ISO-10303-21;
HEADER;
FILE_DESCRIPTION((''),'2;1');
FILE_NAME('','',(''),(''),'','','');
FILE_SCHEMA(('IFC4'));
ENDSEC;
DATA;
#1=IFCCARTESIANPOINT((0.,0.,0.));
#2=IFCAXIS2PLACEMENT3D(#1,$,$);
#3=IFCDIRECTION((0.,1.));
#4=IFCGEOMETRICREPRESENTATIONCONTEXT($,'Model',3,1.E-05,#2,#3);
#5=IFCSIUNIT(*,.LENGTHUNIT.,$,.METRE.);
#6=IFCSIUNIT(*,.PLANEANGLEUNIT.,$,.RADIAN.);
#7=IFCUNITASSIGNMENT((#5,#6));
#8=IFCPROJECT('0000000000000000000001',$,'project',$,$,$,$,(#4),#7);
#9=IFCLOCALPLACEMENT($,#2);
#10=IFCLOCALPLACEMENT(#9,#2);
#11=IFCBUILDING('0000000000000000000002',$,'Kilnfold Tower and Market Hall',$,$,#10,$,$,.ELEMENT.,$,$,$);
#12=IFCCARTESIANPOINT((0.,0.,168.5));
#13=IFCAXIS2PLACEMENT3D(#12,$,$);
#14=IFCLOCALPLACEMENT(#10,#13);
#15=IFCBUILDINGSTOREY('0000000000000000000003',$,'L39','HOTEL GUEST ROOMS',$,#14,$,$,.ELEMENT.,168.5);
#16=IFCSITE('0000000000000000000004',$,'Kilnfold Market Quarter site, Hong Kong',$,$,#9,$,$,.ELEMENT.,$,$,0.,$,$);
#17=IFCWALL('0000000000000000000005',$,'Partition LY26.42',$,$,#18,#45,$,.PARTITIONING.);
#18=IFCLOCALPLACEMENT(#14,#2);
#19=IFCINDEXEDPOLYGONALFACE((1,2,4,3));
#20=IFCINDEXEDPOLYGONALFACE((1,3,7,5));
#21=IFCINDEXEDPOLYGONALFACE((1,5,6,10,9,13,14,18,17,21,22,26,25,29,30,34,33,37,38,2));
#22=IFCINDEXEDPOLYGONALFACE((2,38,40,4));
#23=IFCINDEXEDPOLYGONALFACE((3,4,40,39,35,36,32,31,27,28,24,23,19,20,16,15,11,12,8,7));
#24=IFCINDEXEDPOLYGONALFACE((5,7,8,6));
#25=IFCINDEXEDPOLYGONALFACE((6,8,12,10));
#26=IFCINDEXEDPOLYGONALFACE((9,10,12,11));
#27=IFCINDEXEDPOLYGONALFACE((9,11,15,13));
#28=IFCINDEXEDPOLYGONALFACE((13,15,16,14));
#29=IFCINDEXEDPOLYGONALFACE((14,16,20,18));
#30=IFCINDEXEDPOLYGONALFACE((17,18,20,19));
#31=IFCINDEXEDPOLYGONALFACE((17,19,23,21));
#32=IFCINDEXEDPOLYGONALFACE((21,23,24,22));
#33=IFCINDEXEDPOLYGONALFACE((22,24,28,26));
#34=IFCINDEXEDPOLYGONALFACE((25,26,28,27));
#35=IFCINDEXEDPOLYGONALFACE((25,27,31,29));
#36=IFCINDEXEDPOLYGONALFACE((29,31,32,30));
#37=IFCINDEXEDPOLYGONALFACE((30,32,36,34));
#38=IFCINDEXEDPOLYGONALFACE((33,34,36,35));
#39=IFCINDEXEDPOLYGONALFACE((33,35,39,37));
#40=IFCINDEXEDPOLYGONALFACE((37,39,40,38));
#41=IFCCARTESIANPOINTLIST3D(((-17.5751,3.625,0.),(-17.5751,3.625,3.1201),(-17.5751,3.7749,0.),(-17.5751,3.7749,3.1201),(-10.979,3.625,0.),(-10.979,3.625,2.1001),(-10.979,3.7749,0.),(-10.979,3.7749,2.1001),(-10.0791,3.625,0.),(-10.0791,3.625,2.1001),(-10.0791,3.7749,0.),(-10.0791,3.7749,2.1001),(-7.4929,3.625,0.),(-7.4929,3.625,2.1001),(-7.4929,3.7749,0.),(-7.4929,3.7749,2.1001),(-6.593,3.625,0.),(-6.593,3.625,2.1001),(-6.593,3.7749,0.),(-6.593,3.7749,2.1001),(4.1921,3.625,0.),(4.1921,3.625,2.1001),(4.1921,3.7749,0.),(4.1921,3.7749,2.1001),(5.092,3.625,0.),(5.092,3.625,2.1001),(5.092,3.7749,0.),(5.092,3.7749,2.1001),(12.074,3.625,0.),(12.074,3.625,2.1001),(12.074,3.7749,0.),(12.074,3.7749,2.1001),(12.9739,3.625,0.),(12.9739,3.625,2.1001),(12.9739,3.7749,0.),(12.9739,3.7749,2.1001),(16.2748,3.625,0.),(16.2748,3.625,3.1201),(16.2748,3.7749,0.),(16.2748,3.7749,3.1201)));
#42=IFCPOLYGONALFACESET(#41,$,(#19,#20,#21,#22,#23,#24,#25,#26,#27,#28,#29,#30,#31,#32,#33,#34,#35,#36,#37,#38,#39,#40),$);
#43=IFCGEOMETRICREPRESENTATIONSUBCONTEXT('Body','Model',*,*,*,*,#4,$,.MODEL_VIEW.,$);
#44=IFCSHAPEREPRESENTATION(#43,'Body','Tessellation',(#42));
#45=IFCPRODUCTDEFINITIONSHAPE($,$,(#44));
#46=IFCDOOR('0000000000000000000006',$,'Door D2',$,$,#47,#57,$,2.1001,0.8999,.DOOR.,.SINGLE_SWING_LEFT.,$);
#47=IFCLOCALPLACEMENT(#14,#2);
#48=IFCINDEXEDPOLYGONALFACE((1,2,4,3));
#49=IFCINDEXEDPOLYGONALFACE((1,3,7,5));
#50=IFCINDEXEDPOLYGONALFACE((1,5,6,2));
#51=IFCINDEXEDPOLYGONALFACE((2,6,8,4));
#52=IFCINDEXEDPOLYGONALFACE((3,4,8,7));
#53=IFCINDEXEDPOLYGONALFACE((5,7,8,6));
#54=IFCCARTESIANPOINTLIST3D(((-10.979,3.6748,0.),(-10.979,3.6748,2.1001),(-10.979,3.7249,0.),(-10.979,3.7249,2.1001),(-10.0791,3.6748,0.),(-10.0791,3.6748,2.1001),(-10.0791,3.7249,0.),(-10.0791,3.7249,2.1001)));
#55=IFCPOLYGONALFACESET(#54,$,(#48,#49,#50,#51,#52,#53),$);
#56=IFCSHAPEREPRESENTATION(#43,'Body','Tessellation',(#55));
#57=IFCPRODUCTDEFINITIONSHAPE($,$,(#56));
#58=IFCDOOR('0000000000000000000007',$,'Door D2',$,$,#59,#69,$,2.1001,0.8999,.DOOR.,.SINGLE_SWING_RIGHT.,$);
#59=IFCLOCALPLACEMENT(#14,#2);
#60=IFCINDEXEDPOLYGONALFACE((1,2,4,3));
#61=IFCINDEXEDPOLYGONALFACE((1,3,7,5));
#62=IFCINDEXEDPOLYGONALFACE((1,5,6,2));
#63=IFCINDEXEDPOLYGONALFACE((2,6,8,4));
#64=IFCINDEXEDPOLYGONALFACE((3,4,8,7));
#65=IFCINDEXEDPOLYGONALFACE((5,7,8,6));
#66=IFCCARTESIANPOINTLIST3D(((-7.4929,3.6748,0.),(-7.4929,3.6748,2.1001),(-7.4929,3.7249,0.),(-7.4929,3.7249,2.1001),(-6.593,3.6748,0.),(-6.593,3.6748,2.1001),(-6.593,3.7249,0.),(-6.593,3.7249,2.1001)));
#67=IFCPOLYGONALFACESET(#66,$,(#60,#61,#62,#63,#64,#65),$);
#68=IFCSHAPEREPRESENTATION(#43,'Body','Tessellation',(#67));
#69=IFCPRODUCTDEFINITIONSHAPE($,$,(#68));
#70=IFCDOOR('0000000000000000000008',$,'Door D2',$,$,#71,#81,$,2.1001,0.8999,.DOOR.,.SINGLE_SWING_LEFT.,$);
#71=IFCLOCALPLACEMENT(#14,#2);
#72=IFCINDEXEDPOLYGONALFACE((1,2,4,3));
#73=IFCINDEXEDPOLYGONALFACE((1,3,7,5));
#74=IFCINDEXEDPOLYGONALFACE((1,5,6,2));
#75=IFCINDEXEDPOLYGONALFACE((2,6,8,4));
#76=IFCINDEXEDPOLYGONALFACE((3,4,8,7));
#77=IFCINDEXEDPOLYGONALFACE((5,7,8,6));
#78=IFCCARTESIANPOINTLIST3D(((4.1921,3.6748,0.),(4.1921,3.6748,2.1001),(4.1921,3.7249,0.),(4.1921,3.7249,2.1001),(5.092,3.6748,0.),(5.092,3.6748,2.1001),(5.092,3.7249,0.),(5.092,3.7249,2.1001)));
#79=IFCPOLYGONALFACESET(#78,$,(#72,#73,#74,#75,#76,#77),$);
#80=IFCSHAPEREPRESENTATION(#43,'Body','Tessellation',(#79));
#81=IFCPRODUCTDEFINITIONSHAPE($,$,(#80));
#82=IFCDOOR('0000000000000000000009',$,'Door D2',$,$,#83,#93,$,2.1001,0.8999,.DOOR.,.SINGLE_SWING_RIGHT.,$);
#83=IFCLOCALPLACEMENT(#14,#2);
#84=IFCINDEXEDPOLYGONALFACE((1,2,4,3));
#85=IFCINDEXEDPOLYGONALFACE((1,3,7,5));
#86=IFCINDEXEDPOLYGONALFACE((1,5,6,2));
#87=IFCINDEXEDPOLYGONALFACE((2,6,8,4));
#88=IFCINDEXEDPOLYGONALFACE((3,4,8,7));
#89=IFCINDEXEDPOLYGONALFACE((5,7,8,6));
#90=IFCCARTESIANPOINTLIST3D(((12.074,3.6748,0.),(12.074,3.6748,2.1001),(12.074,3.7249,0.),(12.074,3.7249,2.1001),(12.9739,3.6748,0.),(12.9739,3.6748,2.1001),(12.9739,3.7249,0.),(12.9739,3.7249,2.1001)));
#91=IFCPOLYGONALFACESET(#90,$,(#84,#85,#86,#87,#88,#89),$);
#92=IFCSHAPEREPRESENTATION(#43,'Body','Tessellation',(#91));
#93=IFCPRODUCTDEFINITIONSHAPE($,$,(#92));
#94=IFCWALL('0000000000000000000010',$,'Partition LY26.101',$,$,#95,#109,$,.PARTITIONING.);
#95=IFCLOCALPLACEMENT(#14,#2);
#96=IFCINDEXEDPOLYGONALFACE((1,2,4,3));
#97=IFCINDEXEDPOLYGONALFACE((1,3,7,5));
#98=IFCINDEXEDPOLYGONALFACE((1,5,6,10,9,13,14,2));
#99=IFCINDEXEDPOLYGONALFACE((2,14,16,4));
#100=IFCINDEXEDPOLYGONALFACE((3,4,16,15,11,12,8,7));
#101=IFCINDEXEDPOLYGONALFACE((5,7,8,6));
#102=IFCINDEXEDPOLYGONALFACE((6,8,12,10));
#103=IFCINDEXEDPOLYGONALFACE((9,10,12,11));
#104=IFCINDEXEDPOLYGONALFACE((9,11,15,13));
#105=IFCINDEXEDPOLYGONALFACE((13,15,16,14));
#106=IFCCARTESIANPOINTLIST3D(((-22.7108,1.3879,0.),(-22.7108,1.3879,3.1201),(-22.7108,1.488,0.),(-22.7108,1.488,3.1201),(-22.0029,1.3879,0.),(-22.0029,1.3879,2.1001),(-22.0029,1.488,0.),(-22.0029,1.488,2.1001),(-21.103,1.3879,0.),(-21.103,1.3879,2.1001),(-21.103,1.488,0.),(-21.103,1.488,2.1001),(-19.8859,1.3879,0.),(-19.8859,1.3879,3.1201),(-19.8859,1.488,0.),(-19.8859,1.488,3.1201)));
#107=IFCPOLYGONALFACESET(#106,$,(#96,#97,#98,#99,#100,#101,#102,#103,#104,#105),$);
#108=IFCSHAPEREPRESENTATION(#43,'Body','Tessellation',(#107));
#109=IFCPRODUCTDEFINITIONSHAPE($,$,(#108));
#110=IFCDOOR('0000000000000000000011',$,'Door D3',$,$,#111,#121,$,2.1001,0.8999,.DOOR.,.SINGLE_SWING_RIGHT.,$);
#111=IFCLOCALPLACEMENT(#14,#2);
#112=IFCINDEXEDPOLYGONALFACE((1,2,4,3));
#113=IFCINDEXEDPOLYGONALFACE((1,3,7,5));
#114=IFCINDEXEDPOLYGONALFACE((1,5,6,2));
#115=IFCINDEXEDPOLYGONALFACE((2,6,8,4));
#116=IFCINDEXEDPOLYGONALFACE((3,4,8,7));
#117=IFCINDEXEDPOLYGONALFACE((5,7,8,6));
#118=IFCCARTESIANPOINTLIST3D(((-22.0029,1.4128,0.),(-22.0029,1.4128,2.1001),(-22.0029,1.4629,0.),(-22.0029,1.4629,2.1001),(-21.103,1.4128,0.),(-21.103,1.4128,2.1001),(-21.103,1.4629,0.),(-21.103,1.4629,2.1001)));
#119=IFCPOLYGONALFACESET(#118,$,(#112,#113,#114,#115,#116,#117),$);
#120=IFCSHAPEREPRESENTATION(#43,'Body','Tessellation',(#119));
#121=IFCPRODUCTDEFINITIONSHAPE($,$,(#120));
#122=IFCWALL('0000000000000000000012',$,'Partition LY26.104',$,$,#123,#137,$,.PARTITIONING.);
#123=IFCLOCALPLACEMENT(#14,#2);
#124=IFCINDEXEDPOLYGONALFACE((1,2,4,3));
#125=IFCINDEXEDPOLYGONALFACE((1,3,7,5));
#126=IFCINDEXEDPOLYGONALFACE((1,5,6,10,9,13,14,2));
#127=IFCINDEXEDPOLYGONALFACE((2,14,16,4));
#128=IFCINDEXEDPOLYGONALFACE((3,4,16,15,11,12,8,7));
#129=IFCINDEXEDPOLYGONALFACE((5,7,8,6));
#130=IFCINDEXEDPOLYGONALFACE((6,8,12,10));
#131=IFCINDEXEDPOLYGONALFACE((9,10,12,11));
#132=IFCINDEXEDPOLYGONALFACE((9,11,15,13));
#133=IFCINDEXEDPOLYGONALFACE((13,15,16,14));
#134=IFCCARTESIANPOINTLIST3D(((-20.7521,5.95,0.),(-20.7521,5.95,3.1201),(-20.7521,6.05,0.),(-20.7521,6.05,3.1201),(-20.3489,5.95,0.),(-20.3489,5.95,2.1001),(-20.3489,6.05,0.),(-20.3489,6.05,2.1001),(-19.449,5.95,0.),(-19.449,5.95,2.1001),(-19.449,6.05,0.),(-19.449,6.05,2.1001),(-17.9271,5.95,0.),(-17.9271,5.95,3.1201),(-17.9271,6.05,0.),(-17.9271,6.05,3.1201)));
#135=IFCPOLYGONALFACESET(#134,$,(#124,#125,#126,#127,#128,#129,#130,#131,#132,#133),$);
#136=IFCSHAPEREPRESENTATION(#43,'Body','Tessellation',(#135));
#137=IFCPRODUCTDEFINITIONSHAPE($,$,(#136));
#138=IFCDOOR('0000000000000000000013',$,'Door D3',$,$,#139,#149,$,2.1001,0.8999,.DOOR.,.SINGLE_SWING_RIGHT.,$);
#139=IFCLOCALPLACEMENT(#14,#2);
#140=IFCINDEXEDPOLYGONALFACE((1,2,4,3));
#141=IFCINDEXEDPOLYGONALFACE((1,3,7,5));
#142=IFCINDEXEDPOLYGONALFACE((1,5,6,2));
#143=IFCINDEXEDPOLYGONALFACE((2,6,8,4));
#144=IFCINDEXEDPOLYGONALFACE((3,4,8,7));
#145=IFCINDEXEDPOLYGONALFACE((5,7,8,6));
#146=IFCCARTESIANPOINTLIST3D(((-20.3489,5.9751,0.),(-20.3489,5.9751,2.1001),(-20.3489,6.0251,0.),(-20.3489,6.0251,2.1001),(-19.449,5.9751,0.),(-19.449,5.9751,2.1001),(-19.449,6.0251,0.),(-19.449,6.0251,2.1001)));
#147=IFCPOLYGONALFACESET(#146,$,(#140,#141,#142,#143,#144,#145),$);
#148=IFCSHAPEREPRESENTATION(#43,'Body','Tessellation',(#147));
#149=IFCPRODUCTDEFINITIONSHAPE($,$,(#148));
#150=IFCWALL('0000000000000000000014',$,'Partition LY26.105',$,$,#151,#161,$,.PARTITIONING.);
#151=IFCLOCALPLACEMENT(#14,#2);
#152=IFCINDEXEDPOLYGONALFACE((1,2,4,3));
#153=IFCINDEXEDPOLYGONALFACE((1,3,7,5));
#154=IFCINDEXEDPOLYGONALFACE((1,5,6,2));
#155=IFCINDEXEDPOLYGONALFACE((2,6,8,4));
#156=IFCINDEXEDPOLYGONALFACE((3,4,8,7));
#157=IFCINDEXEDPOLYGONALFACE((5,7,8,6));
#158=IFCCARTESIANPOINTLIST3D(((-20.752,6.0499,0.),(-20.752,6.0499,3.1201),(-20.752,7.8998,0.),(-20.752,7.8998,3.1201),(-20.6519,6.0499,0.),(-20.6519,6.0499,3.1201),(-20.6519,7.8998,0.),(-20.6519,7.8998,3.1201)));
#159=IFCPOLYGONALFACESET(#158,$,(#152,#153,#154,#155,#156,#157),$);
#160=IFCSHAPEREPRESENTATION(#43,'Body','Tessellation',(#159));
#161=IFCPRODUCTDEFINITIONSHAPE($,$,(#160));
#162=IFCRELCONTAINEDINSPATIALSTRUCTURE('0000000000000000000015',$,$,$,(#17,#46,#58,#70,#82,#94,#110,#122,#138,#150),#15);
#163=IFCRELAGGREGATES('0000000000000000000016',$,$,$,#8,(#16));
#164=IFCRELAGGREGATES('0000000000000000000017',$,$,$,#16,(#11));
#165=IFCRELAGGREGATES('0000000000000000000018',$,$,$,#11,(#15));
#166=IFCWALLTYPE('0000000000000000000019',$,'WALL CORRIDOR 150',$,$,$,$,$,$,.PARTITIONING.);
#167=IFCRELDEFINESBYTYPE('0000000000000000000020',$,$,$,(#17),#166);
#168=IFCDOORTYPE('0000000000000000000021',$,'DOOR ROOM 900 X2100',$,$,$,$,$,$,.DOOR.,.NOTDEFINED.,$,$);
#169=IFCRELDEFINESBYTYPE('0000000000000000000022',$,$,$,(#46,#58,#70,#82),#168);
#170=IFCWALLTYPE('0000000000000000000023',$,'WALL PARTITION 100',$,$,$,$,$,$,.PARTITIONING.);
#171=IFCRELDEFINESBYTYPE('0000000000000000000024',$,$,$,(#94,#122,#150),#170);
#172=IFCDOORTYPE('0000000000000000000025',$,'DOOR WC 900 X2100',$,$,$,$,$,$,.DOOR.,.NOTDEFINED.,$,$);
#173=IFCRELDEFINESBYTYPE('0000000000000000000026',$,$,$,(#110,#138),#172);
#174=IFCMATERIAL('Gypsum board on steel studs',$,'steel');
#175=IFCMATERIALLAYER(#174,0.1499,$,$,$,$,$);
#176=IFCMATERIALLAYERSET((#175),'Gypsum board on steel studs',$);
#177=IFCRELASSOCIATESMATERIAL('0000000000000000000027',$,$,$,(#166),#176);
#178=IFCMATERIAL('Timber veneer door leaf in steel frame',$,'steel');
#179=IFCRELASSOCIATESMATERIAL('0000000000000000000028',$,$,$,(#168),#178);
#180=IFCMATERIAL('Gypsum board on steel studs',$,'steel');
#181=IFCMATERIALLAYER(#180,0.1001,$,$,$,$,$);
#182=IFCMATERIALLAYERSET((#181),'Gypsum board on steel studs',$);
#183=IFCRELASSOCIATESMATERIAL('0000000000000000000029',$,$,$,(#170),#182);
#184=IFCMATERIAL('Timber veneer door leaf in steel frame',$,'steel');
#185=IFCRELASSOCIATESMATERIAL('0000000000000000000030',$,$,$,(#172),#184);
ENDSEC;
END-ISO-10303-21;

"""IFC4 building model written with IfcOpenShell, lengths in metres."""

from ifc_helpers import new_model, si_unit, direction, frame, frame_2d, origin, place, context, subcontext, project, spatial, rectangle, extrude, material, layer, layer_set, type_object, element, fill, save


model = new_model("IFC4")

# Units and contexts
model_context = context("Model", 3, precision=1e-05, world=origin(), true_north=direction((0.0, 1.0)))
body_context = subcontext(model_context, "Body", "Model", "MODEL_VIEW")
ifc_project = project(units=[si_unit("LENGTHUNIT", "METRE"), si_unit("PLANEANGLEUNIT", "RADIAN")], contexts=[model_context])

# Site, building, storey
site_placement = place(None, origin())
site = spatial("IfcSite", under=ifc_project, at=site_placement, Name="Kilnfold Market Quarter site, Hong Kong", CompositionType="ELEMENT", RefElevation=0.0)
building_placement = place(site_placement, origin())
building = spatial("IfcBuilding", under=site, at=building_placement, Name="Kilnfold Tower and Market Hall", CompositionType="ELEMENT")
storey_placement = place(building_placement, frame((0.0, 0.0, 168.5)))
storey = spatial("IfcBuildingStorey", under=building, at=storey_placement, Name="L39", Description="HOTEL GUEST ROOMS", CompositionType="ELEMENT", Elevation=168.5)

# Shared definitions
ifc_material_1 = material(Name="Gypsum board on steel studs", Category="steel")
ifc_layer_1 = layer(ifc_material_1, 0.1499)
ifc_layer_set_1 = layer_set([ifc_layer_1], Name="Gypsum board on steel studs")
wall_type_1 = type_object("IfcWallType", Name="WALL CORRIDOR 150", PredefinedType="PARTITIONING", material=ifc_layer_set_1)

# Wall, openings, doors
wall_1_placement = place(storey_placement, frame((-17.575, 3.7, 0.0), z_axis=(0.0, 0.0, 1.0), x_axis=(1.0, 0.0, 0.0)))
wall_1 = element("IfcWall", 1, at=wall_1_placement, inside=storey, type_object=wall_type_1, Name="Partition LY26.42", PredefinedType="PARTITIONING", context=body_context, shape_type="SweptSolid", body=[
    extrude(rectangle(XDim=33.8499, YDim=0.1499, at=frame_2d((16.9248, 0.0))), origin(), (0.0, 0.0, 1.0), 3.1201),
])
opening_1_placement = place(wall_1_placement, frame((6.5959, 0.0, 0.0)))
opening_1 = element("IfcOpeningElement", 2, at=opening_1_placement, cuts=wall_1, PredefinedType="OPENING", context=body_context, shape_type="SweptSolid", body=[
    extrude(rectangle(XDim=0.8999, YDim=2.1001, at=frame_2d((0.45, 1.05))), frame((0.0, 0.085, 0.0), z_axis=(0.0, -1.0, 0.0), x_axis=(1.0, 0.0, 0.0)), (0.0, 0.0, 1.0), 0.1699),
])
opening_2_placement = place(wall_1_placement, frame((10.082, 0.0, 0.0)))
opening_2 = element("IfcOpeningElement", 3, at=opening_2_placement, cuts=wall_1, PredefinedType="OPENING", context=body_context, shape_type="SweptSolid", body=[
    extrude(rectangle(XDim=0.8999, YDim=2.1001, at=frame_2d((0.45, 1.05))), frame((0.0, 0.085, 0.0), z_axis=(0.0, -1.0, 0.0), x_axis=(1.0, 0.0, 0.0)), (0.0, 0.0, 1.0), 0.1699),
])
opening_3_placement = place(wall_1_placement, frame((21.7671, 0.0, 0.0)))
opening_3 = element("IfcOpeningElement", 4, at=opening_3_placement, cuts=wall_1, PredefinedType="OPENING", context=body_context, shape_type="SweptSolid", body=[
    extrude(rectangle(XDim=0.8999, YDim=2.1001, at=frame_2d((0.45, 1.05))), frame((0.0, 0.085, 0.0), z_axis=(0.0, -1.0, 0.0), x_axis=(1.0, 0.0, 0.0)), (0.0, 0.0, 1.0), 0.1699),
])
opening_4_placement = place(wall_1_placement, frame((29.6489, 0.0, 0.0)))
opening_4 = element("IfcOpeningElement", 5, at=opening_4_placement, cuts=wall_1, PredefinedType="OPENING", context=body_context, shape_type="SweptSolid", body=[
    extrude(rectangle(XDim=0.8999, YDim=2.1001, at=frame_2d((0.45, 1.05))), frame((0.0, 0.085, 0.0), z_axis=(0.0, -1.0, 0.0), x_axis=(1.0, 0.0, 0.0)), (0.0, 0.0, 1.0), 0.1699),
])
ifc_material_2 = material(Name="Timber veneer door leaf in steel frame", Category="steel")
door_type_1 = type_object("IfcDoorType", Name="DOOR ROOM 900 X2100", OperationType="NOTDEFINED", PredefinedType="DOOR", material=ifc_material_2)
door_1_placement = place(opening_1_placement, origin())
door_1 = element("IfcDoor", 6, at=door_1_placement, inside=storey, type_object=door_type_1, Name="Door D2", OperationType="SINGLE_SWING_LEFT", OverallHeight=2.1001, OverallWidth=0.8999, PredefinedType="DOOR", context=body_context, shape_type="SweptSolid", body=[
    extrude(rectangle(XDim=0.8999, YDim=2.1001, at=frame_2d((0.45, 1.05))), frame((0.0, 0.0249, 0.0), z_axis=(0.0, -1.0, 0.0), x_axis=(1.0, 0.0, 0.0)), (0.0, 0.0, 1.0), 0.05),
])
fill(opening_1, door_1)
door_2_placement = place(opening_2_placement, origin())
door_2 = element("IfcDoor", 7, at=door_2_placement, inside=storey, type_object=door_type_1, Name="Door D2", OperationType="SINGLE_SWING_RIGHT", OverallHeight=2.1001, OverallWidth=0.8999, PredefinedType="DOOR", context=body_context, shape_type="SweptSolid", body=[
    extrude(rectangle(XDim=0.8999, YDim=2.1001, at=frame_2d((0.45, 1.05))), frame((0.0, 0.0249, 0.0), z_axis=(0.0, -1.0, 0.0), x_axis=(1.0, 0.0, 0.0)), (0.0, 0.0, 1.0), 0.05),
])
fill(opening_2, door_2)
door_3_placement = place(opening_3_placement, origin())
door_3 = element("IfcDoor", 8, at=door_3_placement, inside=storey, type_object=door_type_1, Name="Door D2", OperationType="SINGLE_SWING_LEFT", OverallHeight=2.1001, OverallWidth=0.8999, PredefinedType="DOOR", context=body_context, shape_type="SweptSolid", body=[
    extrude(rectangle(XDim=0.8999, YDim=2.1001, at=frame_2d((0.45, 1.05))), frame((0.0, 0.0249, 0.0), z_axis=(0.0, -1.0, 0.0), x_axis=(1.0, 0.0, 0.0)), (0.0, 0.0, 1.0), 0.05),
])
fill(opening_3, door_3)
door_4_placement = place(opening_4_placement, origin())
door_4 = element("IfcDoor", 9, at=door_4_placement, inside=storey, type_object=door_type_1, Name="Door D2", OperationType="SINGLE_SWING_RIGHT", OverallHeight=2.1001, OverallWidth=0.8999, PredefinedType="DOOR", context=body_context, shape_type="SweptSolid", body=[
    extrude(rectangle(XDim=0.8999, YDim=2.1001, at=frame_2d((0.45, 1.05))), frame((0.0, 0.0249, 0.0), z_axis=(0.0, -1.0, 0.0), x_axis=(1.0, 0.0, 0.0)), (0.0, 0.0, 1.0), 0.05),
])
fill(opening_4, door_4)

# Walls, openings, doors
ifc_material_3 = material(Name="Gypsum board on steel studs", Category="steel")
ifc_layer_2 = layer(ifc_material_3, 0.1001)
ifc_layer_set_2 = layer_set([ifc_layer_2], Name="Gypsum board on steel studs")
wall_type_2 = type_object("IfcWallType", Name="WALL PARTITION 100", PredefinedType="PARTITIONING", material=ifc_layer_set_2)
wall_2_placement = place(storey_placement, frame((-22.7109, 1.438, 0.0), z_axis=(0.0, 0.0, 1.0), x_axis=(1.0, 0.0, 0.0)))
wall_2 = element("IfcWall", 10, at=wall_2_placement, inside=storey, type_object=wall_type_2, Name="Partition LY26.101", PredefinedType="PARTITIONING", context=body_context, shape_type="SweptSolid", body=[
    extrude(rectangle(XDim=2.825, YDim=0.1001, at=frame_2d((1.4126, 0.0))), origin(), (0.0, 0.0, 1.0), 3.1201),
])
opening_5_placement = place(wall_2_placement, frame((0.708, 0.0, 0.0)))
opening_5 = element("IfcOpeningElement", 11, at=opening_5_placement, cuts=wall_2, PredefinedType="OPENING", context=body_context, shape_type="SweptSolid", body=[
    extrude(rectangle(XDim=0.8999, YDim=2.1001, at=frame_2d((0.45, 1.05))), frame((0.0, 0.0601, 0.0), z_axis=(0.0, -1.0, 0.0), x_axis=(1.0, 0.0, 0.0)), (0.0, 0.0, 1.0), 0.1201),
])
ifc_material_4 = material(Name="Timber veneer door leaf in steel frame", Category="steel")
door_type_2 = type_object("IfcDoorType", Name="DOOR WC 900 X2100", OperationType="NOTDEFINED", PredefinedType="DOOR", material=ifc_material_4)
door_5_placement = place(opening_5_placement, origin())
door_5 = element("IfcDoor", 12, at=door_5_placement, inside=storey, type_object=door_type_2, Name="Door D3", OperationType="SINGLE_SWING_RIGHT", OverallHeight=2.1001, OverallWidth=0.8999, PredefinedType="DOOR", context=body_context, shape_type="SweptSolid", body=[
    extrude(rectangle(XDim=0.8999, YDim=2.1001, at=frame_2d((0.45, 1.05))), frame((0.0, 0.0249, 0.0), z_axis=(0.0, -1.0, 0.0), x_axis=(1.0, 0.0, 0.0)), (0.0, 0.0, 1.0), 0.05),
])
fill(opening_5, door_5)
wall_3_placement = place(storey_placement, frame((-17.927, 6.0, 0.0), z_axis=(0.0, 0.0, 1.0), x_axis=(-1.0, 0.0, 0.0)))
wall_3 = element("IfcWall", 13, at=wall_3_placement, inside=storey, type_object=wall_type_2, Name="Partition LY26.104", PredefinedType="PARTITIONING", context=body_context, shape_type="SweptSolid", body=[
    extrude(rectangle(XDim=2.825, YDim=0.1001, at=frame_2d((1.4126, 0.0))), origin(), (0.0, 0.0, 1.0), 3.1201),
])
opening_6_placement = place(wall_3_placement, frame((1.522, 0.0, 0.0)))
opening_6 = element("IfcOpeningElement", 14, at=opening_6_placement, cuts=wall_3, PredefinedType="OPENING", context=body_context, shape_type="SweptSolid", body=[
    extrude(rectangle(XDim=0.8999, YDim=2.1001, at=frame_2d((0.45, 1.05))), frame((0.0, 0.0601, 0.0), z_axis=(0.0, -1.0, 0.0), x_axis=(1.0, 0.0, 0.0)), (0.0, 0.0, 1.0), 0.1201),
])
door_6_placement = place(opening_6_placement, origin())
door_6 = element("IfcDoor", 15, at=door_6_placement, inside=storey, type_object=door_type_2, Name="Door D3", OperationType="SINGLE_SWING_RIGHT", OverallHeight=2.1001, OverallWidth=0.8999, PredefinedType="DOOR", context=body_context, shape_type="SweptSolid", body=[
    extrude(rectangle(XDim=0.8999, YDim=2.1001, at=frame_2d((0.45, 1.05))), frame((0.0, 0.0249, 0.0), z_axis=(0.0, -1.0, 0.0), x_axis=(1.0, 0.0, 0.0)), (0.0, 0.0, 1.0), 0.05),
])
fill(opening_6, door_6)

# Wall
wall_4_placement = place(storey_placement, frame((-20.7019, 6.05, 0.0), z_axis=(0.0, 0.0, 1.0), x_axis=(0.0, 1.0, 0.0)))
element("IfcWall", 16, at=wall_4_placement, inside=storey, type_object=wall_type_2, Name="Partition LY26.105", PredefinedType="PARTITIONING", context=body_context, shape_type="SweptSolid", body=[
    extrude(rectangle(XDim=1.8499, YDim=0.1001, at=frame_2d((0.9248, 0.0))), origin(), (0.0, 0.0, 1.0), 3.1201),
])

save(model, "model.ifc")
